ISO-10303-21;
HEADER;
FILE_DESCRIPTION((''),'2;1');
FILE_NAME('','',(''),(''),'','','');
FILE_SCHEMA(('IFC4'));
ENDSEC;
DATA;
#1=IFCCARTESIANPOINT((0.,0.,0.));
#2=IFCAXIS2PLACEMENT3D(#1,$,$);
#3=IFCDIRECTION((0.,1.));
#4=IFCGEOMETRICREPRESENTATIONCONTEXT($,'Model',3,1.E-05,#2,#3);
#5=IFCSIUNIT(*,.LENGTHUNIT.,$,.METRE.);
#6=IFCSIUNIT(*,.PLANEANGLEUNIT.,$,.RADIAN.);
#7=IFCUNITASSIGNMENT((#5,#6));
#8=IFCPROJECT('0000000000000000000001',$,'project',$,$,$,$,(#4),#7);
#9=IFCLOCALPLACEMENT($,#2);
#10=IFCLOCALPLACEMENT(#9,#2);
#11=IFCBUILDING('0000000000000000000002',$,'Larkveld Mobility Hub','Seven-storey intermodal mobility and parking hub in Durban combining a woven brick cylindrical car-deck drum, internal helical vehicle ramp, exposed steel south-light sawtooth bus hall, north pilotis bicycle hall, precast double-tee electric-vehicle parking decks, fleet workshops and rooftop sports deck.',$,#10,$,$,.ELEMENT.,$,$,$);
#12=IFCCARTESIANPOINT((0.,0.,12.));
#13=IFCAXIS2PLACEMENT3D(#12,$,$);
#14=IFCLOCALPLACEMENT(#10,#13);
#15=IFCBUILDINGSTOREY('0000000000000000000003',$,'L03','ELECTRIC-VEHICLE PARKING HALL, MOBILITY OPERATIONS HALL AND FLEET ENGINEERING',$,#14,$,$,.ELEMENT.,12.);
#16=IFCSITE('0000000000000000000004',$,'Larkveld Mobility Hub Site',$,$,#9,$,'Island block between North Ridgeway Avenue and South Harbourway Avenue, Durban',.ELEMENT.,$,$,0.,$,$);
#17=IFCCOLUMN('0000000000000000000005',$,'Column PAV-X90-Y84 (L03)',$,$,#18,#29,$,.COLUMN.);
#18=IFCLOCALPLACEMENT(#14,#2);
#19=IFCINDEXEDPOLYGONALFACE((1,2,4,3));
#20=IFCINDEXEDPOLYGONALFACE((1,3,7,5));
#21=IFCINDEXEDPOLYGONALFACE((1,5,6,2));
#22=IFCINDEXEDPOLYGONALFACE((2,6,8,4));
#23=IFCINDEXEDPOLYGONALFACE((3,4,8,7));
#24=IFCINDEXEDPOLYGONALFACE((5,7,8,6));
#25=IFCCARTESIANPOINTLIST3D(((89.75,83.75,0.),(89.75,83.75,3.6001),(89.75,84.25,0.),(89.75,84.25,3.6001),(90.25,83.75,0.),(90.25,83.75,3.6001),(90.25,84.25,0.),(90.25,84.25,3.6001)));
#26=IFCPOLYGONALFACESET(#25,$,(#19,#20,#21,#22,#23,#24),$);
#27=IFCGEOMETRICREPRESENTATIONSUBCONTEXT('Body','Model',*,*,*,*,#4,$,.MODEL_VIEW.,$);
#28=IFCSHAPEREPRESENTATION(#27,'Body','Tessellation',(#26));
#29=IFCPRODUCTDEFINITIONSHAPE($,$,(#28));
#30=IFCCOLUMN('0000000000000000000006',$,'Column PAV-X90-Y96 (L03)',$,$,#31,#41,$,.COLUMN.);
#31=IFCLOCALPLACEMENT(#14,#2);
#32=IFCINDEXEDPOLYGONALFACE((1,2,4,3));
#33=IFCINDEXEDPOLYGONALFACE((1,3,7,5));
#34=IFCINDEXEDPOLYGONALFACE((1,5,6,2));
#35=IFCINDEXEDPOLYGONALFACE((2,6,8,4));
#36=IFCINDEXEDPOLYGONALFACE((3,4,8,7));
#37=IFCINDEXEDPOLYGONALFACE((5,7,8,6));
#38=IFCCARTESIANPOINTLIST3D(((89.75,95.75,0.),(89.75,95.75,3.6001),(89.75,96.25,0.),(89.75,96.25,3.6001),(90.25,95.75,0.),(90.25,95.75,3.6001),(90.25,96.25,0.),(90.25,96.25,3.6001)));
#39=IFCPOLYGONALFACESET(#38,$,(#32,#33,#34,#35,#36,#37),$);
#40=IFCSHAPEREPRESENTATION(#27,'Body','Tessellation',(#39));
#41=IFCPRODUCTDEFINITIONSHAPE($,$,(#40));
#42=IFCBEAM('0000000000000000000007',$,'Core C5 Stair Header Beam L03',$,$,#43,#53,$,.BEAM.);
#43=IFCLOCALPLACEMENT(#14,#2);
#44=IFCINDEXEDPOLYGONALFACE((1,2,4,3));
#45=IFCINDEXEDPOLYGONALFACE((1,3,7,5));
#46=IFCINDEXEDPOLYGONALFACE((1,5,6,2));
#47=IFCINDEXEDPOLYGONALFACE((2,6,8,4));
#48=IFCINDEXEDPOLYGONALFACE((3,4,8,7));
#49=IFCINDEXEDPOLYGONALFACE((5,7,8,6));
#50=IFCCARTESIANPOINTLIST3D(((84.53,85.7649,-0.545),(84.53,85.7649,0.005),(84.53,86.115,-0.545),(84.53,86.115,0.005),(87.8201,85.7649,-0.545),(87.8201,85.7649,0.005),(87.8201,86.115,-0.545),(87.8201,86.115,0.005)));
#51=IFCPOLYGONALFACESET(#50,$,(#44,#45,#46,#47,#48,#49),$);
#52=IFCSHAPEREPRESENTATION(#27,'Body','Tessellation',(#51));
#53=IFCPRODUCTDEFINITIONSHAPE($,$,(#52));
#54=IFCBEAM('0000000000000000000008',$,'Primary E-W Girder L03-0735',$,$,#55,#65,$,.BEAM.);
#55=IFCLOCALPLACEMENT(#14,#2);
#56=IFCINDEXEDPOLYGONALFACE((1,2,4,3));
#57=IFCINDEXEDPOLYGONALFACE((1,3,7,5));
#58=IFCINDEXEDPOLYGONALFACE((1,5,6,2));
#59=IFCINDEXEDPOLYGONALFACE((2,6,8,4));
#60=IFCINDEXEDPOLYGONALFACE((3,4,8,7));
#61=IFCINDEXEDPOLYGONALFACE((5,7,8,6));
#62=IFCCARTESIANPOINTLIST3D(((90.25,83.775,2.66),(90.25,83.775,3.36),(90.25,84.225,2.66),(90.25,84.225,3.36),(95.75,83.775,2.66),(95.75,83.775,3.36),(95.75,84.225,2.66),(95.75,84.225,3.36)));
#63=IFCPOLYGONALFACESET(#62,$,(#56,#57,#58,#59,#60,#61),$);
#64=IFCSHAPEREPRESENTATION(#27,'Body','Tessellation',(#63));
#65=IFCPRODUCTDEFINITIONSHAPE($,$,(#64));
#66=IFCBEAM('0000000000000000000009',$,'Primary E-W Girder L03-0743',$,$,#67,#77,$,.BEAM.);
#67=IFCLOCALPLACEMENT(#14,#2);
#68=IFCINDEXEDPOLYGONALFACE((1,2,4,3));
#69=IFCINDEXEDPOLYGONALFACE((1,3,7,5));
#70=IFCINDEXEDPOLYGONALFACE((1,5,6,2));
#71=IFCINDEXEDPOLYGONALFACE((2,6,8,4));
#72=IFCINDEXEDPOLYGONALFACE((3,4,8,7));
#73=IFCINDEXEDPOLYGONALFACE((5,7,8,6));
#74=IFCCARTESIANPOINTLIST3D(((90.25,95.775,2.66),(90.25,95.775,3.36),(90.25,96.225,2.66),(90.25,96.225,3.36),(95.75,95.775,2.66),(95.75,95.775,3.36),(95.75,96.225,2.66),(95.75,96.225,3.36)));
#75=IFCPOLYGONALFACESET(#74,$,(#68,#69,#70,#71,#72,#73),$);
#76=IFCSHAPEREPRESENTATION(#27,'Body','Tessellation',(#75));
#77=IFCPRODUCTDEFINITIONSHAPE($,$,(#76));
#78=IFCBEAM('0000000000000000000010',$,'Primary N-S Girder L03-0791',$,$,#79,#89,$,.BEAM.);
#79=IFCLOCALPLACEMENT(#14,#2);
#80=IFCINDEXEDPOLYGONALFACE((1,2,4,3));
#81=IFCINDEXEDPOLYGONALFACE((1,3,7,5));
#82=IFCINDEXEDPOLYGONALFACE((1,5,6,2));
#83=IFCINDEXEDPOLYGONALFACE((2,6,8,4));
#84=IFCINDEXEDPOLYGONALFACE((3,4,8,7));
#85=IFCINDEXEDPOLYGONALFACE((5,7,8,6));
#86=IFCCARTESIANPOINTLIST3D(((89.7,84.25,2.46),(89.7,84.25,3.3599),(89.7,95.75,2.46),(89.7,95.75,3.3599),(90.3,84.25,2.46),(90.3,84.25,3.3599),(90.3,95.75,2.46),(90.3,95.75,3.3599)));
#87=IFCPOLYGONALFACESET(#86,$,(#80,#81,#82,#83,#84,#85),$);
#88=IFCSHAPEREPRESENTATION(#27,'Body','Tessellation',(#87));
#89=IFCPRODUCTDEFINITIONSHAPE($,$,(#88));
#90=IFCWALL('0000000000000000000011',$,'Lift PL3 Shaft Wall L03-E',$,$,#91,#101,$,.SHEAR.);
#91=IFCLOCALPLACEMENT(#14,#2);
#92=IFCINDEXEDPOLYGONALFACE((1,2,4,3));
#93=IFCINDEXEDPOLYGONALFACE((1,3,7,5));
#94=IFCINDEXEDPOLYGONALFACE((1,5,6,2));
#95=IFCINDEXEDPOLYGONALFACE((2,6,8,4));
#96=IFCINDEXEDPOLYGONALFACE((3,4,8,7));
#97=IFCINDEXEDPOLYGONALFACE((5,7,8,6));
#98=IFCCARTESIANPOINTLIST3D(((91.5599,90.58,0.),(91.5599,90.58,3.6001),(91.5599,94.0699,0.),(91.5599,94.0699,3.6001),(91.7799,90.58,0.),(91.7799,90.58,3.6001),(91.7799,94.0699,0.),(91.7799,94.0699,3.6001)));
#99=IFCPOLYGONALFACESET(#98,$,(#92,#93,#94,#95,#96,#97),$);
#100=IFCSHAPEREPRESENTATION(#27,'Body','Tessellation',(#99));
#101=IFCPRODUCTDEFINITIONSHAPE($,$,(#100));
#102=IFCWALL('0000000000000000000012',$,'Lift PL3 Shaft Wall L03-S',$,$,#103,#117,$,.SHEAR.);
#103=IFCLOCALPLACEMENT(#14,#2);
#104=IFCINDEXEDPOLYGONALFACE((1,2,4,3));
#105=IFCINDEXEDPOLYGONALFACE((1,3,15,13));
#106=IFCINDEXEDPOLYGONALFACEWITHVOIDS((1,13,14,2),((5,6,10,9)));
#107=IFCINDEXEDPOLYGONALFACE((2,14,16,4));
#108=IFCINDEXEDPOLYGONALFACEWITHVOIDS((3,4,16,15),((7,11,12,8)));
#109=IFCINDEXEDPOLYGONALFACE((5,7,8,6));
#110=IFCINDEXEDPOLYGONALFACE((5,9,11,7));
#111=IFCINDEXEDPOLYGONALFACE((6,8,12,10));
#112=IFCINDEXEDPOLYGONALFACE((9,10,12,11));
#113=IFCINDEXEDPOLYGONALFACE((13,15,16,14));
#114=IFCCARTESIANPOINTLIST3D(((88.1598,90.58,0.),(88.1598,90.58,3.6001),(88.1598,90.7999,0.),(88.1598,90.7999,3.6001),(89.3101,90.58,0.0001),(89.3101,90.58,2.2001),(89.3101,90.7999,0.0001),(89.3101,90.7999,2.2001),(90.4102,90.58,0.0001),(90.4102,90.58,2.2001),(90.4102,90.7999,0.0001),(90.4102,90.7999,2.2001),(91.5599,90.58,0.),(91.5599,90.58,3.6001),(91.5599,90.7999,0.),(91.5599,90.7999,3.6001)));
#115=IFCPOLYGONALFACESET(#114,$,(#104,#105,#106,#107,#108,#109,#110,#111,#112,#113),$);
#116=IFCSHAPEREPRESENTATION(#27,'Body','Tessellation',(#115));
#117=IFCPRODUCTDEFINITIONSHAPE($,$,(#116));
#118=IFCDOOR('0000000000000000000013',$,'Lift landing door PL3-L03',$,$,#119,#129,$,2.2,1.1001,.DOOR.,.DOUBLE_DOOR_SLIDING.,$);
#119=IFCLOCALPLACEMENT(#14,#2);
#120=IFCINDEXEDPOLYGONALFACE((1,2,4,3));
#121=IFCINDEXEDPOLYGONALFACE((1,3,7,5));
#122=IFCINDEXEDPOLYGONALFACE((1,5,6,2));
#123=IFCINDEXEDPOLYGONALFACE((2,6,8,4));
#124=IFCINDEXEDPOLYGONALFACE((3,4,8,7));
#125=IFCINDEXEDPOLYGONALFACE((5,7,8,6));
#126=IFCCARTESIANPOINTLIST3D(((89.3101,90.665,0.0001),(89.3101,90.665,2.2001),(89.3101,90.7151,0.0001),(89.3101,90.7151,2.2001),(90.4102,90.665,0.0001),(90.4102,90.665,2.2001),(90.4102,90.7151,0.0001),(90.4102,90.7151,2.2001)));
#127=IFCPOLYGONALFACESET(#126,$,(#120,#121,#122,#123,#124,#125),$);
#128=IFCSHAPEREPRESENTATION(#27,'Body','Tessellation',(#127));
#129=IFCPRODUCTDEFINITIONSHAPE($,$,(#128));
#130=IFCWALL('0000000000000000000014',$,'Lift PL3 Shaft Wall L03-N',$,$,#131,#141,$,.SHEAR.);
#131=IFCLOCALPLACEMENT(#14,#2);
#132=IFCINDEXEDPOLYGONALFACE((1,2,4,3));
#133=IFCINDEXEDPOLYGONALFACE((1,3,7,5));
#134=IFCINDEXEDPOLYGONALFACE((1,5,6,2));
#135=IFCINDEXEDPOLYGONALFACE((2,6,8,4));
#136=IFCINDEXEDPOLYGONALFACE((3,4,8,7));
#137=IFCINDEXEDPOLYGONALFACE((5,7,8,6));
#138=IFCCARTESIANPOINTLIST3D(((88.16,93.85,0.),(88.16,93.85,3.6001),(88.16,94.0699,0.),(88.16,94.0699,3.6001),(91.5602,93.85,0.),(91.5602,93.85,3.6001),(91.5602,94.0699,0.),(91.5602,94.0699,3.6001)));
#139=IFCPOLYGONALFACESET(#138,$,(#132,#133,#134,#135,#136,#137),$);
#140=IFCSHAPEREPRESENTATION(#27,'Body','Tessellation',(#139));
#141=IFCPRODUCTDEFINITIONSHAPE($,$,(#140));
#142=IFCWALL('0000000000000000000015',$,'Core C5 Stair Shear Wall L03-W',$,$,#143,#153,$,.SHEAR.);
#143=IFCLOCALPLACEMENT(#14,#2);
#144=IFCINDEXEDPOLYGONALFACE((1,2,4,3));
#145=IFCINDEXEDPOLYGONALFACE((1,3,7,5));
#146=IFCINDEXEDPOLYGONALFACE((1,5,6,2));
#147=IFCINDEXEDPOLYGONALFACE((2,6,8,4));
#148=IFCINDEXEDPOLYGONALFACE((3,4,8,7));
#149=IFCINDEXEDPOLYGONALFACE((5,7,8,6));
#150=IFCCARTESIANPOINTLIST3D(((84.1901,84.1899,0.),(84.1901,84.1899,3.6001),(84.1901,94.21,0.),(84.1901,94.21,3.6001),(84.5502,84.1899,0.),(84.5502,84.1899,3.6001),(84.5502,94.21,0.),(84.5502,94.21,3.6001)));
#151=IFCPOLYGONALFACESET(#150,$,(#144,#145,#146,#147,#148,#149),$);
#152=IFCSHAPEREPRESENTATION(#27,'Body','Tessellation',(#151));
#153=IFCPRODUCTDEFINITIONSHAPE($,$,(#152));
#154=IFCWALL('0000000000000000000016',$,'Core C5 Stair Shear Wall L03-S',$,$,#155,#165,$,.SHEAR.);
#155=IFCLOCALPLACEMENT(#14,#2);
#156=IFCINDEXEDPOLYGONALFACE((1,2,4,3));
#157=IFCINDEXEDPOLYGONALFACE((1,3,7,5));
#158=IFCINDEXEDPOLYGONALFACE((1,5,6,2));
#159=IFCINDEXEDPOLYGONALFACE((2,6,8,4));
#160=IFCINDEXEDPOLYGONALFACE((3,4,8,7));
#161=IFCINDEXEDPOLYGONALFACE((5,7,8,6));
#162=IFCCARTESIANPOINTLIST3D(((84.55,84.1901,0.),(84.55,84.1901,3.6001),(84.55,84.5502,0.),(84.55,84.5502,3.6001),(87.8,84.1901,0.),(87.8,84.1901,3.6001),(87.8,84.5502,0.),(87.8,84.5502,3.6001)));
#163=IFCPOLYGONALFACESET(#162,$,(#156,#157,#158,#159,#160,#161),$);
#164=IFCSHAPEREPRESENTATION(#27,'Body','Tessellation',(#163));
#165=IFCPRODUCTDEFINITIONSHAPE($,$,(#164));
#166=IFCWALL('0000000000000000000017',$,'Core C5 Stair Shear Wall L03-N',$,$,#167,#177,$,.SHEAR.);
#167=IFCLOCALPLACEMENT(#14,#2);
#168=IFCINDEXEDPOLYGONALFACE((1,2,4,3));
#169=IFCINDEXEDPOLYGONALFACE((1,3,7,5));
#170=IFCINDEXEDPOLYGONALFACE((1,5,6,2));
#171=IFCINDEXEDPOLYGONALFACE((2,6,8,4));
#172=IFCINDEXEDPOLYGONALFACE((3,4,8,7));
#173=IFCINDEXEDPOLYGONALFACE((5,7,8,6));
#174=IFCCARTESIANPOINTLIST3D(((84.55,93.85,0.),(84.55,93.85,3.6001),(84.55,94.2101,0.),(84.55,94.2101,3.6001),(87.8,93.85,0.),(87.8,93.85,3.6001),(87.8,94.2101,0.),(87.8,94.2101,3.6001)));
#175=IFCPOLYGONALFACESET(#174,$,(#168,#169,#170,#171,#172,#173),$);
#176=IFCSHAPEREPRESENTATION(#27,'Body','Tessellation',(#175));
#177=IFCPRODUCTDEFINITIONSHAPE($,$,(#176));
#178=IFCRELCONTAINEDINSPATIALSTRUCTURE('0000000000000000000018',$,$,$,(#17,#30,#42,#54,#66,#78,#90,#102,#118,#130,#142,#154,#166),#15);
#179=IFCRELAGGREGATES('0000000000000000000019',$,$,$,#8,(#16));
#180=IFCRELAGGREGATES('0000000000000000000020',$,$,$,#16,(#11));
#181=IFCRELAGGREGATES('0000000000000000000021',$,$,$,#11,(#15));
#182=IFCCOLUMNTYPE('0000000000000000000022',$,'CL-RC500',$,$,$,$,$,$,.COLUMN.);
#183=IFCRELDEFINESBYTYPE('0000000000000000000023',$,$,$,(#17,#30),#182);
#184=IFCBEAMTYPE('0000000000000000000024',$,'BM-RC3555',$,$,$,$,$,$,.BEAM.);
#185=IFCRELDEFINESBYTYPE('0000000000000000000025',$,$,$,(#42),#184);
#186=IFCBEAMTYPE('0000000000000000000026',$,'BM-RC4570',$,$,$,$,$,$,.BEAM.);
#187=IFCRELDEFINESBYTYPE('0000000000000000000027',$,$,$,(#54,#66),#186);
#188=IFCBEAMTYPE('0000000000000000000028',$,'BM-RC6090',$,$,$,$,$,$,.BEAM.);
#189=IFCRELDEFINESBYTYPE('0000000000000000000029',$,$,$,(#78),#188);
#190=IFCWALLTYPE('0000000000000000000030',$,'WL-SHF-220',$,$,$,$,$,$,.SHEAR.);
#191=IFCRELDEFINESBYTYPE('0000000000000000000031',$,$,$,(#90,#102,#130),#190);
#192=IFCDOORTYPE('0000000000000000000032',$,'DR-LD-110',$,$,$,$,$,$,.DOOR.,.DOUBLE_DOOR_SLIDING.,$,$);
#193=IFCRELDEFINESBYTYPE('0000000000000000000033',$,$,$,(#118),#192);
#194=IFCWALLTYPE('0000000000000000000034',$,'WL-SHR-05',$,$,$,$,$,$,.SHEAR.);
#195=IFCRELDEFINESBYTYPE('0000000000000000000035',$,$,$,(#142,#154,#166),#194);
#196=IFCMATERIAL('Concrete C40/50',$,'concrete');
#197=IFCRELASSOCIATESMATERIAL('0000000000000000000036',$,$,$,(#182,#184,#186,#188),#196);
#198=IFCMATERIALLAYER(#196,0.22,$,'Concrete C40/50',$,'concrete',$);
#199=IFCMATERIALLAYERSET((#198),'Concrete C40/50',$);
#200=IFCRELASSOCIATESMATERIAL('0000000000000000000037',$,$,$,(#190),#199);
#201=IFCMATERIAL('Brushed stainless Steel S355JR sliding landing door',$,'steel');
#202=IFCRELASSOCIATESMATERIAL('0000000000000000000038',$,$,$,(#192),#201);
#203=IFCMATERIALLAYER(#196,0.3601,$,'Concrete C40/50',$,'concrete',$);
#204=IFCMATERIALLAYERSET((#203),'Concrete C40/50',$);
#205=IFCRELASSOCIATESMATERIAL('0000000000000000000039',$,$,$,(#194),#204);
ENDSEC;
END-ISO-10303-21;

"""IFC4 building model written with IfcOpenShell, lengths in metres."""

from ifc_helpers import new_model, si_unit, direction, frame, frame_2d, origin, origin_2d, place, context, subcontext, project, spatial, rectangle, extrude, material, layer, layer_set, material_profile, profile_set, type_object, element, fill, save


model = new_model("IFC4")

# Units and contexts
model_context = context("Model", 3, precision=1e-05, world=origin(), true_north=direction((0.0, 1.0)))
body_context = subcontext(model_context, "Body", "Model", "MODEL_VIEW")
ifc_project = project(units=[si_unit("LENGTHUNIT", "METRE"), si_unit("PLANEANGLEUNIT", "RADIAN")], contexts=[model_context])

# Site, building, storey
site_placement = place(None, origin())
site = spatial("IfcSite", under=ifc_project, at=site_placement, Name="Larkveld Mobility Hub Site", LongName="Island block between North Ridgeway Avenue and South Harbourway Avenue, Durban", CompositionType="ELEMENT", RefElevation=0.0)
building_placement = place(site_placement, origin())
building = spatial("IfcBuilding", under=site, at=building_placement, Name="Larkveld Mobility Hub", Description="Seven-storey intermodal mobility and parking hub in Durban combining a woven brick cylindrical car-deck drum, internal helical vehicle ramp, exposed steel south-light sawtooth bus hall, north pilotis bicycle hall, precast double-tee electric-vehicle parking decks, fleet workshops and rooftop sports deck.", CompositionType="ELEMENT")
storey_placement = place(building_placement, frame((0.0, 0.0, 12.0)))
storey = spatial("IfcBuildingStorey", under=building, at=storey_placement, Name="L03", Description="ELECTRIC-VEHICLE PARKING HALL, MOBILITY OPERATIONS HALL AND FLEET ENGINEERING", CompositionType="ELEMENT", Elevation=12.0)

# Columns
ifc_material_1 = material(Name="Concrete C40/50", Category="concrete")
ifc_material_profile_1 = material_profile(ifc_material_1, rectangle(XDim=0.5, YDim=0.5, at=origin_2d()), Name="RC COL 500x500")
ifc_profile_set_1 = profile_set([ifc_material_profile_1], Name="Concrete C40/50")
column_type = type_object("IfcColumnType", Name="CL-RC500", PredefinedType="COLUMN", material=ifc_profile_set_1)
for number, where, z_axis, x_axis, name in (
    (1, (90.0, 84.0, 0.0), (0.0, 0.0, 1.0), (1.0, 0.0, 0.0), "Column PAV-X90-Y84 (L03)"),
    (2, (90.0, 96.0, 0.0), (0.0, 0.0, 1.0), (1.0, 0.0, 0.0), "Column PAV-X90-Y96 (L03)"),
):
    element("IfcColumn", number, at=place(storey_placement, frame(where, z_axis=z_axis, x_axis=x_axis)), inside=storey, type_object=column_type, Name=name, PredefinedType="COLUMN", context=body_context, shape_type="SweptSolid", body=[
        extrude(rectangle(XDim=0.5, YDim=0.5, at=origin_2d()), origin(), (0.0, 0.0, 1.0), 3.6001),
    ])

# Beams
ifc_material_profile_2 = material_profile(ifc_material_1, rectangle(XDim=0.3501, YDim=0.55, at=origin_2d()), Name="RC BM 350x550")
ifc_profile_set_2 = profile_set([ifc_material_profile_2], Name="Concrete C40/50")
beam_type_1 = type_object("IfcBeamType", Name="BM-RC3555", PredefinedType="BEAM", material=ifc_profile_set_2)
beam_1_placement = place(storey_placement, frame((84.53, 85.9399, -0.27), z_axis=(1.0, 0.0, 0.0), x_axis=(0.0, 1.0, 0.0)))
element("IfcBeam", 3, at=beam_1_placement, inside=storey, type_object=beam_type_1, Name="Core C5 Stair Header Beam L03", PredefinedType="BEAM", context=body_context, shape_type="SweptSolid", body=[
    extrude(rectangle(XDim=0.3501, YDim=0.55, at=origin_2d()), origin(), (0.0, 0.0, 1.0), 3.29),
])
ifc_material_profile_3 = material_profile(ifc_material_1, rectangle(XDim=0.45, YDim=0.7, at=origin_2d()), Name="RC BM 450x700")
ifc_profile_set_3 = profile_set([ifc_material_profile_3], Name="Concrete C40/50")
beam_type_2 = type_object("IfcBeamType", Name="BM-RC4570", PredefinedType="BEAM", material=ifc_profile_set_3)
for number, where, z_axis, x_axis, name in (
    (4, (90.25, 84.0, 3.01), (1.0, 0.0, 0.0), (0.0, 1.0, 0.0), "Primary E-W Girder L03-0735"),
    (5, (90.25, 96.0, 3.01), (1.0, 0.0, 0.0), (0.0, 1.0, 0.0), "Primary E-W Girder L03-0743"),
):
    element("IfcBeam", number, at=place(storey_placement, frame(where, z_axis=z_axis, x_axis=x_axis)), inside=storey, type_object=beam_type_2, Name=name, PredefinedType="BEAM", context=body_context, shape_type="SweptSolid", body=[
        extrude(rectangle(XDim=0.45, YDim=0.7, at=origin_2d()), origin(), (0.0, 0.0, 1.0), 5.5),
    ])
ifc_material_profile_4 = material_profile(ifc_material_1, rectangle(XDim=0.6001, YDim=0.8999, at=origin_2d()), Name="RC BM 600x900")
ifc_profile_set_4 = profile_set([ifc_material_profile_4], Name="Concrete C40/50")
beam_type_3 = type_object("IfcBeamType", Name="BM-RC6090", PredefinedType="BEAM", material=ifc_profile_set_4)
beam_2_placement = place(storey_placement, frame((90.0, 84.25, 2.9099), z_axis=(0.0, 1.0, 0.0), x_axis=(-1.0, 0.0, 0.0)))
element("IfcBeam", 6, at=beam_2_placement, inside=storey, type_object=beam_type_3, Name="Primary N-S Girder L03-0791", PredefinedType="BEAM", context=body_context, shape_type="SweptSolid", body=[
    extrude(rectangle(XDim=0.6001, YDim=0.8999, at=origin_2d()), origin(), (0.0, 0.0, 1.0), 11.5),
])

# Wall
ifc_layer_1 = layer(ifc_material_1, 0.22, Name="Concrete C40/50", Category="concrete")
ifc_layer_set_1 = layer_set([ifc_layer_1], Name="Concrete C40/50")
wall_type_1 = type_object("IfcWallType", Name="WL-SHF-220", PredefinedType="SHEAR", material=ifc_layer_set_1)
wall_1_placement = place(storey_placement, frame((91.6699, 94.0701, 0.0), z_axis=(0.0, 0.0, 1.0), x_axis=(0.0, -1.0, 0.0)))
element("IfcWall", 7, at=wall_1_placement, inside=storey, type_object=wall_type_1, Name="Lift PL3 Shaft Wall L03-E", PredefinedType="SHEAR", context=body_context, shape_type="SweptSolid", body=[
    extrude(rectangle(XDim=3.49, YDim=0.22, at=frame_2d((1.7451, 0.0))), origin(), (0.0, 0.0, 1.0), 3.6001),
])

# Wall, opening, door
wall_2_placement = place(storey_placement, frame((91.5601, 90.6899, 0.0), z_axis=(0.0, 0.0, 1.0), x_axis=(-1.0, 0.0, 0.0)))
wall_2 = element("IfcWall", 8, at=wall_2_placement, inside=storey, type_object=wall_type_1, Name="Lift PL3 Shaft Wall L03-S", PredefinedType="SHEAR", context=body_context, shape_type="SweptSolid", body=[
    extrude(rectangle(XDim=3.4001, YDim=0.22, at=frame_2d((1.7002, 0.0))), origin(), (0.0, 0.0, 1.0), 3.6001),
])
opening_1_placement = place(wall_2_placement, frame((1.1499, 0.0, 0.0)))
opening_1 = element("IfcOpeningElement", 9, at=opening_1_placement, cuts=wall_2, PredefinedType="OPENING", context=body_context, shape_type="SweptSolid", body=[
    extrude(rectangle(XDim=1.1001, YDim=2.2, at=frame_2d((0.55, 1.1001))), frame((0.0, 0.1201, 0.0), z_axis=(0.0, -1.0, 0.0), x_axis=(1.0, 0.0, 0.0)), (0.0, 0.0, 1.0), 0.24),
])
ifc_material_2 = material(Name="Brushed stainless Steel S355JR sliding landing door", Category="steel")
door_type_1 = type_object("IfcDoorType", Name="DR-LD-110", OperationType="DOUBLE_DOOR_SLIDING", PredefinedType="DOOR", material=ifc_material_2)
door_1_placement = place(opening_1_placement, origin())
door_1 = element("IfcDoor", 10, at=door_1_placement, inside=storey, type_object=door_type_1, Name="Lift landing door PL3-L03", OperationType="DOUBLE_DOOR_SLIDING", OverallHeight=2.2, OverallWidth=1.1001, PredefinedType="DOOR", context=body_context, shape_type="SweptSolid", body=[
    extrude(rectangle(XDim=1.1001, YDim=2.2, at=frame_2d((0.55, 1.1001))), frame((0.0, 0.0249, 0.0), z_axis=(0.0, -1.0, 0.0), x_axis=(1.0, 0.0, 0.0)), (0.0, 0.0, 1.0), 0.05),
])
fill(opening_1, door_1)

# Walls
wall_3_placement = place(storey_placement, frame((88.1599, 93.96, 0.0), z_axis=(0.0, 0.0, 1.0), x_axis=(1.0, 0.0, 0.0)))
element("IfcWall", 11, at=wall_3_placement, inside=storey, type_object=wall_type_1, Name="Lift PL3 Shaft Wall L03-N", PredefinedType="SHEAR", context=body_context, shape_type="SweptSolid", body=[
    extrude(rectangle(XDim=3.4001, YDim=0.22, at=frame_2d((1.7002, 0.0))), origin(), (0.0, 0.0, 1.0), 3.6001),
])
ifc_layer_2 = layer(ifc_material_1, 0.3601, Name="Concrete C40/50", Category="concrete")
ifc_layer_set_2 = layer_set([ifc_layer_2], Name="Concrete C40/50")
wall_type_2 = type_object("IfcWallType", Name="WL-SHR-05", PredefinedType="SHEAR", material=ifc_layer_set_2)
wall_4_placement = place(storey_placement, frame((84.3701, 84.1899, 0.0), z_axis=(0.0, 0.0, 1.0), x_axis=(0.0, 1.0, 0.0)))
element("IfcWall", 12, at=wall_4_placement, inside=storey, type_object=wall_type_2, Name="Core C5 Stair Shear Wall L03-W", PredefinedType="SHEAR", context=body_context, shape_type="SweptSolid", body=[
    extrude(rectangle(XDim=10.02, YDim=0.3601, at=frame_2d((5.01, 0.0))), origin(), (0.0, 0.0, 1.0), 3.6001),
])

# Walls
for number, where, z_axis, x_axis, name in (
    (13, (87.8, 84.3701, 0.0), (0.0, 0.0, 1.0), (-1.0, 0.0, 0.0), "Core C5 Stair Shear Wall L03-S"),
    (14, (84.55, 94.03, 0.0), (0.0, 0.0, 1.0), (1.0, 0.0, 0.0), "Core C5 Stair Shear Wall L03-N"),
):
    element("IfcWall", number, at=place(storey_placement, frame(where, z_axis=z_axis, x_axis=x_axis)), inside=storey, type_object=wall_type_2, Name=name, PredefinedType="SHEAR", context=body_context, shape_type="SweptSolid", body=[
        extrude(rectangle(XDim=3.25, YDim=0.3601, at=frame_2d((1.625, 0.0))), origin(), (0.0, 0.0, 1.0), 3.6001),
    ])

save(model, "model.ifc")
